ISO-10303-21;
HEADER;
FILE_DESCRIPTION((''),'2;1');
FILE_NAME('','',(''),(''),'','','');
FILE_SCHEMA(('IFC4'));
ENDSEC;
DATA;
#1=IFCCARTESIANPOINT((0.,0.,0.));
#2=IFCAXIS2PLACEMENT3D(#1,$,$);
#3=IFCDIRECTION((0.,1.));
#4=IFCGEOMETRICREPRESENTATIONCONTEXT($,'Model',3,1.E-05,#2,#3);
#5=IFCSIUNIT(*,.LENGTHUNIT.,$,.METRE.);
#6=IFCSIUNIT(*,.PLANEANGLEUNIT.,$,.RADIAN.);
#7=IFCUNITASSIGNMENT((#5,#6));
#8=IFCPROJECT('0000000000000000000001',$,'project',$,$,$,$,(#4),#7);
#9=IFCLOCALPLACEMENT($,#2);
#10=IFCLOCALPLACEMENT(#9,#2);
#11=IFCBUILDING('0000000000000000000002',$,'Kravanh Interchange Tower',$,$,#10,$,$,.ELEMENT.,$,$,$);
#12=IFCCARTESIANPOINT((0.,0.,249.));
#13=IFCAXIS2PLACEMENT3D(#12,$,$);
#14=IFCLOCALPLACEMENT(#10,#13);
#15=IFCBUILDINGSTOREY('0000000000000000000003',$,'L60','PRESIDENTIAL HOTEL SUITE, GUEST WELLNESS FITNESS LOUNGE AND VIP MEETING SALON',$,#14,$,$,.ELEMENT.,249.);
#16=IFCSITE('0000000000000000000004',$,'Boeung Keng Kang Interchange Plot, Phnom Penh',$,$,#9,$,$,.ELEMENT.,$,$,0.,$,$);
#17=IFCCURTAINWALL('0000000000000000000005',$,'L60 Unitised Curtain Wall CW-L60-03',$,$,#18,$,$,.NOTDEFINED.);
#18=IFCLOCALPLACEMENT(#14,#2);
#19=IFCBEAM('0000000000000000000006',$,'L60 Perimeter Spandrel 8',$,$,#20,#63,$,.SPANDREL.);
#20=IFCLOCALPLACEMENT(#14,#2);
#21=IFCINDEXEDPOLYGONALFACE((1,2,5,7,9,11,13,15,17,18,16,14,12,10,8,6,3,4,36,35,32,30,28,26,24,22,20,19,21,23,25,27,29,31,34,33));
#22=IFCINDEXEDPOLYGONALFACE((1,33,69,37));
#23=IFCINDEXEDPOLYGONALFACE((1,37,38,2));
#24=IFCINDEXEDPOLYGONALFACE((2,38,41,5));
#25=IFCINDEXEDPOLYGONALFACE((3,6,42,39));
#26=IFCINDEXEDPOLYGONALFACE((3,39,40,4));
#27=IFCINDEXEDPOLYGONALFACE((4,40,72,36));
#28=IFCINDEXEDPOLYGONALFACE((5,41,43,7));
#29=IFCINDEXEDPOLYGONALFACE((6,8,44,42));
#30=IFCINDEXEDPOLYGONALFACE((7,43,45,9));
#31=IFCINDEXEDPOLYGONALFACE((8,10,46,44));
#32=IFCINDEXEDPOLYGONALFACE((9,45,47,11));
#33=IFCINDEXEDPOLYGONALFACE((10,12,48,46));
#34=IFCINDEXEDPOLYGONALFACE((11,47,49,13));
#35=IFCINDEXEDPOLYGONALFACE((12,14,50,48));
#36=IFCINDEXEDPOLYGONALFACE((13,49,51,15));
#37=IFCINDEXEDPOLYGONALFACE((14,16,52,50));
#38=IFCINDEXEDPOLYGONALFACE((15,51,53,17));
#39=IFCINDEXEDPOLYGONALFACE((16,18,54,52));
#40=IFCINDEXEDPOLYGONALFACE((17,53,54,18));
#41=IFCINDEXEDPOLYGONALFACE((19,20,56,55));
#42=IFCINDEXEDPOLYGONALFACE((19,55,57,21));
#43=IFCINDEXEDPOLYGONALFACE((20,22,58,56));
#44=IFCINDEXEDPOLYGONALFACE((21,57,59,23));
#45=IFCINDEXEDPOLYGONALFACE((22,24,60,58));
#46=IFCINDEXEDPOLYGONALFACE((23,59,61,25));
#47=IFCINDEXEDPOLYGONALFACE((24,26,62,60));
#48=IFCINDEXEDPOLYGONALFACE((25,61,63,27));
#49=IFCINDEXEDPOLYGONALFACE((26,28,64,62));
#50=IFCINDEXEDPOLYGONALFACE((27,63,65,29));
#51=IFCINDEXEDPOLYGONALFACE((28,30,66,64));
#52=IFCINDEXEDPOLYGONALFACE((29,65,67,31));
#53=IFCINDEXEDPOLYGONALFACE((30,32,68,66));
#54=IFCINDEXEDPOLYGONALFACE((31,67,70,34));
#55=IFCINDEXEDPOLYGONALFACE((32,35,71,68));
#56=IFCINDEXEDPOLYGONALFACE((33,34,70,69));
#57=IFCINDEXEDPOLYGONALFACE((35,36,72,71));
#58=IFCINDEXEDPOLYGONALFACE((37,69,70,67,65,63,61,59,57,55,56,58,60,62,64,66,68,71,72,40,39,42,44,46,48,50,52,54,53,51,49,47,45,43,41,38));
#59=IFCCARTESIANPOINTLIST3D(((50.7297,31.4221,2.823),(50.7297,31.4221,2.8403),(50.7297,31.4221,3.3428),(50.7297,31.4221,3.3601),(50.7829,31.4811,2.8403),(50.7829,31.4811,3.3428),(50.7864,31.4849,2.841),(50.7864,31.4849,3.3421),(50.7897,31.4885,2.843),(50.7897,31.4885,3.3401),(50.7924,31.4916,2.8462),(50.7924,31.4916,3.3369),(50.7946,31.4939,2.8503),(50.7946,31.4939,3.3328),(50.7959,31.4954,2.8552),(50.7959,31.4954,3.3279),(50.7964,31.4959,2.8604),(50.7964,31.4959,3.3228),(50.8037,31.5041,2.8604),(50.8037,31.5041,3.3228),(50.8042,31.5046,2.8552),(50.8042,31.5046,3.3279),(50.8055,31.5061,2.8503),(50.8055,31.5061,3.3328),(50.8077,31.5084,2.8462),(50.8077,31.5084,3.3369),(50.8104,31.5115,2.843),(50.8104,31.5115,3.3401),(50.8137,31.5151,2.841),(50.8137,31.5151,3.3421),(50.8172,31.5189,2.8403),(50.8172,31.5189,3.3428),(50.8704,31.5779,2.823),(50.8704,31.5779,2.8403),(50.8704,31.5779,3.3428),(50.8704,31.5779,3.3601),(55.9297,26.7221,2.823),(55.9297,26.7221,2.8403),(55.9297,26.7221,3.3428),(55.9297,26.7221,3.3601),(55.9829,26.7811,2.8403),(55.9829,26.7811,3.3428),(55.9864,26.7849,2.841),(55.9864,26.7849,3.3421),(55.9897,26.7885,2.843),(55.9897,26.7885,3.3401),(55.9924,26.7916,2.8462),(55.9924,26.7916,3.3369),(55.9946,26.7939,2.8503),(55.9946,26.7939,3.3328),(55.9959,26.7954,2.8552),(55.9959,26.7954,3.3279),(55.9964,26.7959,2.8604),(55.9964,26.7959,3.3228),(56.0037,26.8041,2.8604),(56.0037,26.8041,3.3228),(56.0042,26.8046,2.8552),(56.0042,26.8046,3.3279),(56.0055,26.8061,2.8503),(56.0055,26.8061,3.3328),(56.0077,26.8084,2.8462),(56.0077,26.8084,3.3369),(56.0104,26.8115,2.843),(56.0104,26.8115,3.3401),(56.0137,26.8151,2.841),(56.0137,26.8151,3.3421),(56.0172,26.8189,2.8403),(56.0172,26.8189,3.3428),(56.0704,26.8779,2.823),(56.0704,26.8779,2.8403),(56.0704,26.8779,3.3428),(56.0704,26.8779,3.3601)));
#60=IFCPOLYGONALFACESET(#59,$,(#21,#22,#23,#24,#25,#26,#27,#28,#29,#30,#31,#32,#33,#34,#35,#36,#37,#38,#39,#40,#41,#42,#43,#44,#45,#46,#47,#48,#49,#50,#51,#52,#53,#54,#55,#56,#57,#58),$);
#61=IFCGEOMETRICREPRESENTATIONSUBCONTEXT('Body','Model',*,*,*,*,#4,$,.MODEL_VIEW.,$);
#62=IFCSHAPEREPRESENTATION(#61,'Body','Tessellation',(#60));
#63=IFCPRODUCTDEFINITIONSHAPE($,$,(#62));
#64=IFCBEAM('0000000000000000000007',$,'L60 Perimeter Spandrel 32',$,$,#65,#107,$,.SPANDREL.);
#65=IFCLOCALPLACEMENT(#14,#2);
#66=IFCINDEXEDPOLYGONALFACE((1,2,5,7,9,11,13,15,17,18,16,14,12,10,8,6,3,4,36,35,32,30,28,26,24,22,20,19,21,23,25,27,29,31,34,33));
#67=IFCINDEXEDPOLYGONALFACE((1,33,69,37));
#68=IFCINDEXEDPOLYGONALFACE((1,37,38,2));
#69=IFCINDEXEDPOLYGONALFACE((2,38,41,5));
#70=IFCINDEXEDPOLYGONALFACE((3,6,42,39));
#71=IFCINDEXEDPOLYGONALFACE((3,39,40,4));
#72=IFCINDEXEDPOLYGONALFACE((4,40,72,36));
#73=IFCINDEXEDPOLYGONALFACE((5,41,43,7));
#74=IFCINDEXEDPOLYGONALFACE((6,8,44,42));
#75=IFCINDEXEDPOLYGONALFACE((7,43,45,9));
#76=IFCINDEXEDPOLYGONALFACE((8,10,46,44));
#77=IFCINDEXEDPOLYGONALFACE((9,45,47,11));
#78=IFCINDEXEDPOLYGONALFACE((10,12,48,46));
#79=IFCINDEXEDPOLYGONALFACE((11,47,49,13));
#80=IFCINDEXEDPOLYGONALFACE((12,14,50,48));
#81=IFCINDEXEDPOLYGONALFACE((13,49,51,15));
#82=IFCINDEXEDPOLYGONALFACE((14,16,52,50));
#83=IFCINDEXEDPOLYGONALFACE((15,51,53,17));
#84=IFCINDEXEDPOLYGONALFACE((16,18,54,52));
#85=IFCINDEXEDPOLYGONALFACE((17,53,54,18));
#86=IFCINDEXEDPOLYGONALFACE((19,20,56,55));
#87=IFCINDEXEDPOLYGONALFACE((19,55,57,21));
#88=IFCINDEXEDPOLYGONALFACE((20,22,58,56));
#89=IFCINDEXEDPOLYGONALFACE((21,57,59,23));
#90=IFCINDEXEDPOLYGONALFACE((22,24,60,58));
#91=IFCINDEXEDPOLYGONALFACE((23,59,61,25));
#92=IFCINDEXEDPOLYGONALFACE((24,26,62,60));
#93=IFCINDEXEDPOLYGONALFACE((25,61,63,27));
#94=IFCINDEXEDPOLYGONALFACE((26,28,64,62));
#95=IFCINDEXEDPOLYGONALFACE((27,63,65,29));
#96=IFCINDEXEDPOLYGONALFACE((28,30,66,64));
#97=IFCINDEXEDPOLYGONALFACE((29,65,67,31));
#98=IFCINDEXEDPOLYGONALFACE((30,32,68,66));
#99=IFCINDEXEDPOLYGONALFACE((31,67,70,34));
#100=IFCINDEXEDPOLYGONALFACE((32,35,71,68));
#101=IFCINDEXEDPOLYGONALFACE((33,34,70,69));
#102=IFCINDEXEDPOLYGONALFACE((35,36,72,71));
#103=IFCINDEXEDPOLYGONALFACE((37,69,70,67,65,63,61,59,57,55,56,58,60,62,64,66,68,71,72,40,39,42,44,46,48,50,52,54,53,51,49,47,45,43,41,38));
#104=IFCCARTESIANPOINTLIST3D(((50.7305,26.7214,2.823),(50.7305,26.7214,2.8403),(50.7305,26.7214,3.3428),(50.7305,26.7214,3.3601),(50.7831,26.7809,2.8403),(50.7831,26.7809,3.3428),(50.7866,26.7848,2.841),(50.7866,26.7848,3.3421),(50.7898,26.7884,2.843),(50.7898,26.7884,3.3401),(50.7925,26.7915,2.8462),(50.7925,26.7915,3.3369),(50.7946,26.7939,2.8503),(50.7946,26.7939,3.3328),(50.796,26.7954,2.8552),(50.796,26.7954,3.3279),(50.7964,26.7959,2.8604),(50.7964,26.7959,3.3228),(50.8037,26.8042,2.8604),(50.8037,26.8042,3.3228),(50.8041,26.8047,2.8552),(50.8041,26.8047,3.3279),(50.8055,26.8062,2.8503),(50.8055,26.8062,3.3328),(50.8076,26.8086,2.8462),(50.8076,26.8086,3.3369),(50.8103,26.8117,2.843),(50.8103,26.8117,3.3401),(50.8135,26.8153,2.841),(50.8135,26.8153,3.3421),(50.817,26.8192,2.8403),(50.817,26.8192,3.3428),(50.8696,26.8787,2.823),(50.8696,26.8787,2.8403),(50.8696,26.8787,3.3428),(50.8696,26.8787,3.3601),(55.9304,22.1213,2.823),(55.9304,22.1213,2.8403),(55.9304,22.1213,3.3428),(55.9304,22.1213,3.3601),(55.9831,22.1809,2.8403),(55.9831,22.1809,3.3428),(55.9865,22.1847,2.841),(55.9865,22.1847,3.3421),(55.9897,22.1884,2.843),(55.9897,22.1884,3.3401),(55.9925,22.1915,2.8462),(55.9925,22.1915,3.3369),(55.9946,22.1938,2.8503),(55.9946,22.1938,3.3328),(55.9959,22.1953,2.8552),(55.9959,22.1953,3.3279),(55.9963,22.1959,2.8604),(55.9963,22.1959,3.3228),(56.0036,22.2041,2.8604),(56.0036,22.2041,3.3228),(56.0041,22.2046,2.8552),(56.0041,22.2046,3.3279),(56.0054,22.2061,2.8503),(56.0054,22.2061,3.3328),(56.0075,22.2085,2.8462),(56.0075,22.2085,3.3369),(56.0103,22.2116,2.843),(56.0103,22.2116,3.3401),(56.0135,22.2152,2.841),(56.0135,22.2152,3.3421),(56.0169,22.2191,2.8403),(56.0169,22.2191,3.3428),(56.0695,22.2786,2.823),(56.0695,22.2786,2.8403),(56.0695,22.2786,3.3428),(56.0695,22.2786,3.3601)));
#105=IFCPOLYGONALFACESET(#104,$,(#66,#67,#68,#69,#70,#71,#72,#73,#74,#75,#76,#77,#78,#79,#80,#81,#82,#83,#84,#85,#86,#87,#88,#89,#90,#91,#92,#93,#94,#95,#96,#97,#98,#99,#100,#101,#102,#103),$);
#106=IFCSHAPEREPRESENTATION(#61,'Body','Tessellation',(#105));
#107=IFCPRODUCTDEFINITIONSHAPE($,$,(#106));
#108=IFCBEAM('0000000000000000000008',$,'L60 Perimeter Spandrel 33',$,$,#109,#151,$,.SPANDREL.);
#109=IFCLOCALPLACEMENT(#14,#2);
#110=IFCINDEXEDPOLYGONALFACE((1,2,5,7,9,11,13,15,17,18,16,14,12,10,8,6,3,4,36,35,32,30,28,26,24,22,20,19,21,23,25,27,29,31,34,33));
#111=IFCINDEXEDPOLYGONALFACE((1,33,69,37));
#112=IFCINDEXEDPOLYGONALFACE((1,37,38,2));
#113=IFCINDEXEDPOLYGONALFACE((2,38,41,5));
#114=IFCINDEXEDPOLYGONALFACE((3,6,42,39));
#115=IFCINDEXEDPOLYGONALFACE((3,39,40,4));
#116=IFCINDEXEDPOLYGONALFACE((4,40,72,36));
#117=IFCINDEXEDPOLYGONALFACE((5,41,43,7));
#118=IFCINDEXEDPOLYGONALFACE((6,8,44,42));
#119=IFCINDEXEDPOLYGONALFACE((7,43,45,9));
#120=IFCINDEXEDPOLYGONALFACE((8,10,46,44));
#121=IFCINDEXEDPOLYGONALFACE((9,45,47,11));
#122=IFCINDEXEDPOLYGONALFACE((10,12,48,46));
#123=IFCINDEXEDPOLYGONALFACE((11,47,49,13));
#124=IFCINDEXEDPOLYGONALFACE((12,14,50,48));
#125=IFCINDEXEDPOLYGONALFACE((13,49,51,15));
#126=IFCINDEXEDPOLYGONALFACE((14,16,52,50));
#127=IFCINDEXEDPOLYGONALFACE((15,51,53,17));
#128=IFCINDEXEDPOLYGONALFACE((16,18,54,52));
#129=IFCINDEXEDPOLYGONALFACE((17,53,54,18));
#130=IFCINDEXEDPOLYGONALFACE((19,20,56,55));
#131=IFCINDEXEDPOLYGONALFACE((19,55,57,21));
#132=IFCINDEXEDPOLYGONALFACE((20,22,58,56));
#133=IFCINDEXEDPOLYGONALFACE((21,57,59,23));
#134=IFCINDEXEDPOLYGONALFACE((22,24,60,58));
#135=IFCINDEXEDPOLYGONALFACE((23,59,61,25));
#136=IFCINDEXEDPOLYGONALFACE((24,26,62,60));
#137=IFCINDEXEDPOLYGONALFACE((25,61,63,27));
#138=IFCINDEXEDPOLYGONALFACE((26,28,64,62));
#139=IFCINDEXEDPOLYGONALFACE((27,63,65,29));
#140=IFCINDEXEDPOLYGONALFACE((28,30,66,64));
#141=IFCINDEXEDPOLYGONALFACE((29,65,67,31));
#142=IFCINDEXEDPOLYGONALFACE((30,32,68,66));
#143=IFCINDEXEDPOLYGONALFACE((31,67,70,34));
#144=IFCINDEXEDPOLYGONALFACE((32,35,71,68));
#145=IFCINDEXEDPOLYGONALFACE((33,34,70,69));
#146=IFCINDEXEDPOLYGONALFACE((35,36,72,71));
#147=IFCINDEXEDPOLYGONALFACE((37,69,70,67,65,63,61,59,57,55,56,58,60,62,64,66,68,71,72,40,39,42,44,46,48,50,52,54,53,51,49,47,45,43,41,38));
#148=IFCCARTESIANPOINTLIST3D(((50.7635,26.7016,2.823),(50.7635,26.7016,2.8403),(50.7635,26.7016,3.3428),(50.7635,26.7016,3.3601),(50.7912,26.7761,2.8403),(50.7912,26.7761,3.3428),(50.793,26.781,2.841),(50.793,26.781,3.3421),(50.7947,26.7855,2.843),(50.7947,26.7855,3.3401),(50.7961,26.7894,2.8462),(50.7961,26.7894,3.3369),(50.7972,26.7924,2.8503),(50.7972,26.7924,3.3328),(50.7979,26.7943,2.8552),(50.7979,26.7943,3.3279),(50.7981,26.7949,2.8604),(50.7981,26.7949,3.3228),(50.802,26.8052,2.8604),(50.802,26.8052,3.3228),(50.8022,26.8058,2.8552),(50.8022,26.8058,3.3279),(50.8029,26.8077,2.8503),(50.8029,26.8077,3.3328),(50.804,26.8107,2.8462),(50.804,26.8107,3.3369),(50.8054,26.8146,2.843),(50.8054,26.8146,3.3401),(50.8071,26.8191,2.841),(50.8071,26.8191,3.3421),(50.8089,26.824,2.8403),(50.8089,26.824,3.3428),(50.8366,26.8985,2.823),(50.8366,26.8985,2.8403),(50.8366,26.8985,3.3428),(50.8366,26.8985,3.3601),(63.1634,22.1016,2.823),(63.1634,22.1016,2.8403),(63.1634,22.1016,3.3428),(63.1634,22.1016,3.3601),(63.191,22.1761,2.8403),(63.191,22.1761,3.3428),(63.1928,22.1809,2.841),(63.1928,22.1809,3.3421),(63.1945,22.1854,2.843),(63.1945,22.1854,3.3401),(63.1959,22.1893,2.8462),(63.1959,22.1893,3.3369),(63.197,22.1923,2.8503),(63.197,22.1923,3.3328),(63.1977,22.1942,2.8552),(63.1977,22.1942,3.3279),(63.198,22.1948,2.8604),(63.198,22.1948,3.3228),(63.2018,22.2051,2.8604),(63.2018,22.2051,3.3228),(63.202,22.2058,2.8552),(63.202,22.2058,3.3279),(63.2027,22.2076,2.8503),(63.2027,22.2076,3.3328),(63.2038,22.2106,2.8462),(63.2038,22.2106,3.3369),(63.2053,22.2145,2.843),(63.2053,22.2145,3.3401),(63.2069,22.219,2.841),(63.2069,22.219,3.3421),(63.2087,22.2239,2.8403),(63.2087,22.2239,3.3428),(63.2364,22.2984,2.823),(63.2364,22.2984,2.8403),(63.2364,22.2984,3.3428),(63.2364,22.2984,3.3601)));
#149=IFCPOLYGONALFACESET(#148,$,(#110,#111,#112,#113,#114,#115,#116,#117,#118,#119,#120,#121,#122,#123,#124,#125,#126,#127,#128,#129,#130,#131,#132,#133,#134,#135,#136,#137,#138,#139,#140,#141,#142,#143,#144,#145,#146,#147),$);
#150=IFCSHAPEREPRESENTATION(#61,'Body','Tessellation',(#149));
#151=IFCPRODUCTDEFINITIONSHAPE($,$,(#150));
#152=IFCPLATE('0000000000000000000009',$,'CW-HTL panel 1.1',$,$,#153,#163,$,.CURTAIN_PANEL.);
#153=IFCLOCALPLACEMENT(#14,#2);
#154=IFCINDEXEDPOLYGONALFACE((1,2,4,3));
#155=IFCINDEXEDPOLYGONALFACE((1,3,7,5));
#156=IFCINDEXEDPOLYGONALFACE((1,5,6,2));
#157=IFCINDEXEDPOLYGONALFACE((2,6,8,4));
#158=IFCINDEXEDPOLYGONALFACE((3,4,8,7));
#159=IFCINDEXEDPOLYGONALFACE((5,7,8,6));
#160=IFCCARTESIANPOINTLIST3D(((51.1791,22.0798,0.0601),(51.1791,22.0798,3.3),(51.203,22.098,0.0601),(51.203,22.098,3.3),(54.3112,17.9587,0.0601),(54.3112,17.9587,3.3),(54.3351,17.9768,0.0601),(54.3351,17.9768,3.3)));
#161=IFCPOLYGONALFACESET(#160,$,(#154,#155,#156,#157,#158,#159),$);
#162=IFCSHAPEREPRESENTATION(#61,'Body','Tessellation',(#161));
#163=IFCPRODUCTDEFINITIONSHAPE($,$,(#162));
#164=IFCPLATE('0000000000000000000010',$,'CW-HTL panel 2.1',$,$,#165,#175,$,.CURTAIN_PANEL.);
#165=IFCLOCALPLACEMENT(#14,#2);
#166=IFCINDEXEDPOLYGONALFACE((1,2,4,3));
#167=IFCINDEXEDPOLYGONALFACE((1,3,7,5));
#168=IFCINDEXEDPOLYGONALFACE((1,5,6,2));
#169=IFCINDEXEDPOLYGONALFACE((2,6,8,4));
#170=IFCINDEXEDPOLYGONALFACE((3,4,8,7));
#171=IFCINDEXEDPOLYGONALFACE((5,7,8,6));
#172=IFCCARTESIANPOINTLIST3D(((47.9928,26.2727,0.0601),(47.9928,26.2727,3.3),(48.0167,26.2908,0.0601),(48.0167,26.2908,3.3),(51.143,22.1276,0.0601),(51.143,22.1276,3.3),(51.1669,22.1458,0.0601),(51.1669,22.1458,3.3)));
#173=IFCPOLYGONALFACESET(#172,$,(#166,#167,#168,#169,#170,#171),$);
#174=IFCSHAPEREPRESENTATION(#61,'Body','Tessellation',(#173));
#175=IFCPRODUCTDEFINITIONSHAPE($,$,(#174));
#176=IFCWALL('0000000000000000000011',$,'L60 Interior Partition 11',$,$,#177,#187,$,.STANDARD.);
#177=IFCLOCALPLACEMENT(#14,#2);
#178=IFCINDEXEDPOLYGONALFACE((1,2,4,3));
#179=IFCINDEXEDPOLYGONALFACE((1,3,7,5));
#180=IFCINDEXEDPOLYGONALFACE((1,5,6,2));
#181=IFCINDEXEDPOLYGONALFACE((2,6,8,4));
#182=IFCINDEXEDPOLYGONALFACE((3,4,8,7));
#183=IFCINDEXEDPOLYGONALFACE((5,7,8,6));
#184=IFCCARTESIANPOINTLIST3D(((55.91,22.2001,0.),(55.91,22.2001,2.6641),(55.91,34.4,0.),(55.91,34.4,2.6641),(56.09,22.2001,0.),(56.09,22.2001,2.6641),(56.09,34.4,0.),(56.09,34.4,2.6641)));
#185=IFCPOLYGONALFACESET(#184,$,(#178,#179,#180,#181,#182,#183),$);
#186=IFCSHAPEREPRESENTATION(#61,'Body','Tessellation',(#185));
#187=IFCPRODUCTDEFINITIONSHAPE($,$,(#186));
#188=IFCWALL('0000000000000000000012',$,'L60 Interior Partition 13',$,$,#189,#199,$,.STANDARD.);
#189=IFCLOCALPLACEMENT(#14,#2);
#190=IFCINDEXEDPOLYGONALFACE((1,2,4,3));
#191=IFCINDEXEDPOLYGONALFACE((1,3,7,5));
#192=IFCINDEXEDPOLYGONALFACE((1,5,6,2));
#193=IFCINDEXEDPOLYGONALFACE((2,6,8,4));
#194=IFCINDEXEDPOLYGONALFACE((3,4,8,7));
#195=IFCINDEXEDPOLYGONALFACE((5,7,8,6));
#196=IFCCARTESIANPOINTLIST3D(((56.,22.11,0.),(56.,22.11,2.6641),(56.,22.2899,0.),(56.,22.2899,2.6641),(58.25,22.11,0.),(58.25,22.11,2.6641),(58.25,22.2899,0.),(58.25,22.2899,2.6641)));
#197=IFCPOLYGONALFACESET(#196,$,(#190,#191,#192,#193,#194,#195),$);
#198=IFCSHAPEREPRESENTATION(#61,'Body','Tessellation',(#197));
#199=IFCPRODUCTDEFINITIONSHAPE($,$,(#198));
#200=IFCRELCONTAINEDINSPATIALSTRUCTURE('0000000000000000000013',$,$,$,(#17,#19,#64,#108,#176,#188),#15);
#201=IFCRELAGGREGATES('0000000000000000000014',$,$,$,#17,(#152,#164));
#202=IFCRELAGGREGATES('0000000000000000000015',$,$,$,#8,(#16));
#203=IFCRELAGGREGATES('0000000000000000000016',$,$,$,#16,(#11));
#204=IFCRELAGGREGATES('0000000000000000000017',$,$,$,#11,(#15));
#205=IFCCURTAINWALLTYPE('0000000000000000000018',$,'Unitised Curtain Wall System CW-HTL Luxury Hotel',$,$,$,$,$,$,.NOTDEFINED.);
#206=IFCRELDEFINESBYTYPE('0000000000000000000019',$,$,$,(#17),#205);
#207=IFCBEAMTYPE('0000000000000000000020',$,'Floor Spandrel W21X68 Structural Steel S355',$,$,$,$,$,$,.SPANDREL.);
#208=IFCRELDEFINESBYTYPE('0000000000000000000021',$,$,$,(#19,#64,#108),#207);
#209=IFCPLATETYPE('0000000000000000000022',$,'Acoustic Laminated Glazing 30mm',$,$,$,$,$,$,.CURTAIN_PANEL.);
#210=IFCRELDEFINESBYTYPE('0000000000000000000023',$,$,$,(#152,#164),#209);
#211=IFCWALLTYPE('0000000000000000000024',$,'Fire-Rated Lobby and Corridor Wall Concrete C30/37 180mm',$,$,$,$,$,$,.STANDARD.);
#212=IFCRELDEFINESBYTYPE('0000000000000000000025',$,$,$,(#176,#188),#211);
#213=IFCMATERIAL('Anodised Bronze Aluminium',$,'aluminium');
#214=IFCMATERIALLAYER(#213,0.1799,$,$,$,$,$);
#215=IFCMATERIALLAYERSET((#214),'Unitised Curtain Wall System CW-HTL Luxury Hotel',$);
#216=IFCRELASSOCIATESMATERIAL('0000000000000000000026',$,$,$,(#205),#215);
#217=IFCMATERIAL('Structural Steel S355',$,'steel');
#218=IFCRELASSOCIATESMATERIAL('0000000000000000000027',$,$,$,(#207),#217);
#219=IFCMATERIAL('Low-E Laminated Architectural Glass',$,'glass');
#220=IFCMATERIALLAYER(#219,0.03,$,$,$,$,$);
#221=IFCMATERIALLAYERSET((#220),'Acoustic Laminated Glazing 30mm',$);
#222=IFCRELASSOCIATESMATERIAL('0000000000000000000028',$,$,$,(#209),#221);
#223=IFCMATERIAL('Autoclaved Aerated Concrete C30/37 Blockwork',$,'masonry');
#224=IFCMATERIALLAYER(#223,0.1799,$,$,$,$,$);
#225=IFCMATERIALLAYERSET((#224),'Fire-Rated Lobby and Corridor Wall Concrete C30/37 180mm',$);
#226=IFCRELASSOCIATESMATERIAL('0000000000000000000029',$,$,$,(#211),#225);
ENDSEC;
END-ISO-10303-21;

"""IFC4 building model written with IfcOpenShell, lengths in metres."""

from ifc_helpers import new_model, si_unit, direction, frame, frame_2d, origin, origin_2d, place, context, subcontext, project, spatial, rectangle, i_section, extrude, material, layer, layer_set, material_profile, profile_set, type_object, element, aggregate, save


model = new_model("IFC4")

# Units and contexts
model_context = context("Model", 3, precision=1e-05, world=origin(), true_north=direction((0.0, 1.0)))
body_context = subcontext(model_context, "Body", "Model", "MODEL_VIEW")
ifc_project = project(units=[si_unit("LENGTHUNIT", "METRE"), si_unit("PLANEANGLEUNIT", "RADIAN")], contexts=[model_context])

# Site, building, storey
site_placement = place(None, origin())
site = spatial("IfcSite", under=ifc_project, at=site_placement, Name="Boeung Keng Kang Interchange Plot, Phnom Penh", CompositionType="ELEMENT", RefElevation=0.0)
building_placement = place(site_placement, origin())
building = spatial("IfcBuilding", under=site, at=building_placement, Name="Kravanh Interchange Tower", CompositionType="ELEMENT")
storey_placement = place(building_placement, frame((0.0, 0.0, 249.0)))
storey = spatial("IfcBuildingStorey", under=building, at=storey_placement, Name="L60", Description="PRESIDENTIAL HOTEL SUITE, GUEST WELLNESS FITNESS LOUNGE AND VIP MEETING SALON", CompositionType="ELEMENT", Elevation=249.0)

# Shared definitions
ifc_material_1 = material(Name="Anodised Bronze Aluminium", Category="aluminium")
ifc_layer_1 = layer(ifc_material_1, 0.1799)
ifc_layer_set_1 = layer_set([ifc_layer_1], Name="Unitised Curtain Wall System CW-HTL Luxury Hotel")
curtain_wall_type = type_object("IfcCurtainWallType", Name="Unitised Curtain Wall System CW-HTL Luxury Hotel", PredefinedType="NOTDEFINED", material=ifc_layer_set_1)

# Curtain wall
curtain_wall_1_placement = place(storey_placement, origin())
curtain_wall_1 = element("IfcCurtainWall", 1, at=curtain_wall_1_placement, inside=storey, type_object=curtain_wall_type, Name="L60 Unitised Curtain Wall CW-L60-03", PredefinedType="NOTDEFINED")

# Beams
ifc_material_2 = material(Name="Structural Steel S355", Category="steel")
ifc_material_profile_1 = material_profile(ifc_material_2, i_section(OverallWidth=0.21, OverallDepth=0.5371, WebThickness=0.011, FlangeThickness=0.0173, FilletRadius=0.02, at=origin_2d()), Name="W21X68")
ifc_profile_set_1 = profile_set([ifc_material_profile_1], Name="Structural Steel S355")
beam_type_1 = type_object("IfcBeamType", Name="Floor Spandrel W21X68 Structural Steel S355", PredefinedType="SPANDREL", material=ifc_profile_set_1)
beam_1_placement = place(storey_placement, frame((50.8, 31.5, 3.0916), z_axis=(0.741874, -0.670539, 0.0), x_axis=(0.670539, 0.741874, 0.0)))
element("IfcBeam", 2, at=beam_1_placement, inside=storey, type_object=beam_type_1, Name="L60 Perimeter Spandrel 8", PredefinedType="SPANDREL", context=body_context, shape_type="SweptSolid", body=[
    extrude(i_section(OverallWidth=0.21, OverallDepth=0.5371, WebThickness=0.011, FlangeThickness=0.0173, FilletRadius=0.02, at=origin_2d()), origin(), (0.0, 0.0, 1.0), 7.0093),
])
beam_2_placement = place(storey_placement, frame((50.8, 26.8, 3.0916), z_axis=(0.748986, -0.662585, 0.0), x_axis=(0.662585, 0.748986, 0.0)))
element("IfcBeam", 3, at=beam_2_placement, inside=storey, type_object=beam_type_1, Name="L60 Perimeter Spandrel 32", PredefinedType="SPANDREL", context=body_context, shape_type="SweptSolid", body=[
    extrude(i_section(OverallWidth=0.21, OverallDepth=0.5371, WebThickness=0.011, FlangeThickness=0.0173, FilletRadius=0.02, at=origin_2d()), origin(), (0.0, 0.0, 1.0), 6.9426),
])
beam_3_placement = place(storey_placement, frame((50.8, 26.8, 3.0916), z_axis=(0.937563, -0.347816, 0.0), x_axis=(0.347816, 0.937563, 0.0)))
element("IfcBeam", 4, at=beam_3_placement, inside=storey, type_object=beam_type_1, Name="L60 Perimeter Spandrel 33", PredefinedType="SPANDREL", context=body_context, shape_type="SweptSolid", body=[
    extrude(i_section(OverallWidth=0.21, OverallDepth=0.5371, WebThickness=0.011, FlangeThickness=0.0173, FilletRadius=0.02, at=origin_2d()), origin(), (0.0, 0.0, 1.0), 13.2256),
])

# Plates
ifc_material_3 = material(Name="Low-E Laminated Architectural Glass", Category="glass")
ifc_layer_2 = layer(ifc_material_3, 0.03)
ifc_layer_set_2 = layer_set([ifc_layer_2], Name="Acoustic Laminated Glazing 30mm")
plate_type = type_object("IfcPlateType", Name="Acoustic Laminated Glazing 30mm", PredefinedType="CURTAIN_PANEL", material=ifc_layer_set_2)
plate_1_placement = place(storey_placement, frame((52.7571, 20.0283, 0.0601), z_axis=(0.0, 0.0, 1.0), x_axis=(-0.605083, 0.796162, 0.0)))
plate_1 = element("IfcPlate", 5, at=plate_1_placement, type_object=plate_type, Name="CW-HTL panel 1.1", PredefinedType="CURTAIN_PANEL", context=body_context, shape_type="SweptSolid", body=[
    extrude(rectangle(XDim=5.1763, YDim=0.03, at=origin_2d()), origin(), (0.0, 0.0, 1.0), 3.24),
])
plate_2_placement = place(storey_placement, frame((49.5798, 24.2092, 0.0601), z_axis=(0.0, 0.0, 1.0), x_axis=(-0.605083, 0.796162, 0.0)))
plate_2 = element("IfcPlate", 6, at=plate_2_placement, type_object=plate_type, Name="CW-HTL panel 2.1", PredefinedType="CURTAIN_PANEL", context=body_context, shape_type="SweptSolid", body=[
    extrude(rectangle(XDim=5.2063, YDim=0.03, at=origin_2d()), origin(), (0.0, 0.0, 1.0), 3.24),
])
aggregate(curtain_wall_1, [plate_1, plate_2])

# Walls
ifc_material_4 = material(Name="Autoclaved Aerated Concrete C30/37 Blockwork", Category="masonry")
ifc_layer_3 = layer(ifc_material_4, 0.1799)
ifc_layer_set_3 = layer_set([ifc_layer_3], Name="Fire-Rated Lobby and Corridor Wall Concrete C30/37 180mm")
wall_type = type_object("IfcWallType", Name="Fire-Rated Lobby and Corridor Wall Concrete C30/37 180mm", PredefinedType="STANDARD", material=ifc_layer_set_3)
wall_1_placement = place(storey_placement, frame((56.0, 22.2, 0.0), z_axis=(0.0, 0.0, 1.0), x_axis=(0.0, 1.0, 0.0)))
element("IfcWall", 7, at=wall_1_placement, inside=storey, type_object=wall_type, Name="L60 Interior Partition 11", PredefinedType="STANDARD", context=body_context, shape_type="SweptSolid", body=[
    extrude(rectangle(XDim=12.2, YDim=0.1799, at=frame_2d((6.1001, 0.0))), origin(), (0.0, 0.0, 1.0), 2.6641),
])
wall_2_placement = place(storey_placement, frame((56.0, 22.2, 0.0), z_axis=(0.0, 0.0, 1.0), x_axis=(1.0, 0.0, 0.0)))
element("IfcWall", 8, at=wall_2_placement, inside=storey, type_object=wall_type, Name="L60 Interior Partition 13", PredefinedType="STANDARD", context=body_context, shape_type="SweptSolid", body=[
    extrude(rectangle(XDim=2.25, YDim=0.1799, at=frame_2d((1.125, 0.0))), origin(), (0.0, 0.0, 1.0), 2.6641),
])

save(model, "model.ifc")
